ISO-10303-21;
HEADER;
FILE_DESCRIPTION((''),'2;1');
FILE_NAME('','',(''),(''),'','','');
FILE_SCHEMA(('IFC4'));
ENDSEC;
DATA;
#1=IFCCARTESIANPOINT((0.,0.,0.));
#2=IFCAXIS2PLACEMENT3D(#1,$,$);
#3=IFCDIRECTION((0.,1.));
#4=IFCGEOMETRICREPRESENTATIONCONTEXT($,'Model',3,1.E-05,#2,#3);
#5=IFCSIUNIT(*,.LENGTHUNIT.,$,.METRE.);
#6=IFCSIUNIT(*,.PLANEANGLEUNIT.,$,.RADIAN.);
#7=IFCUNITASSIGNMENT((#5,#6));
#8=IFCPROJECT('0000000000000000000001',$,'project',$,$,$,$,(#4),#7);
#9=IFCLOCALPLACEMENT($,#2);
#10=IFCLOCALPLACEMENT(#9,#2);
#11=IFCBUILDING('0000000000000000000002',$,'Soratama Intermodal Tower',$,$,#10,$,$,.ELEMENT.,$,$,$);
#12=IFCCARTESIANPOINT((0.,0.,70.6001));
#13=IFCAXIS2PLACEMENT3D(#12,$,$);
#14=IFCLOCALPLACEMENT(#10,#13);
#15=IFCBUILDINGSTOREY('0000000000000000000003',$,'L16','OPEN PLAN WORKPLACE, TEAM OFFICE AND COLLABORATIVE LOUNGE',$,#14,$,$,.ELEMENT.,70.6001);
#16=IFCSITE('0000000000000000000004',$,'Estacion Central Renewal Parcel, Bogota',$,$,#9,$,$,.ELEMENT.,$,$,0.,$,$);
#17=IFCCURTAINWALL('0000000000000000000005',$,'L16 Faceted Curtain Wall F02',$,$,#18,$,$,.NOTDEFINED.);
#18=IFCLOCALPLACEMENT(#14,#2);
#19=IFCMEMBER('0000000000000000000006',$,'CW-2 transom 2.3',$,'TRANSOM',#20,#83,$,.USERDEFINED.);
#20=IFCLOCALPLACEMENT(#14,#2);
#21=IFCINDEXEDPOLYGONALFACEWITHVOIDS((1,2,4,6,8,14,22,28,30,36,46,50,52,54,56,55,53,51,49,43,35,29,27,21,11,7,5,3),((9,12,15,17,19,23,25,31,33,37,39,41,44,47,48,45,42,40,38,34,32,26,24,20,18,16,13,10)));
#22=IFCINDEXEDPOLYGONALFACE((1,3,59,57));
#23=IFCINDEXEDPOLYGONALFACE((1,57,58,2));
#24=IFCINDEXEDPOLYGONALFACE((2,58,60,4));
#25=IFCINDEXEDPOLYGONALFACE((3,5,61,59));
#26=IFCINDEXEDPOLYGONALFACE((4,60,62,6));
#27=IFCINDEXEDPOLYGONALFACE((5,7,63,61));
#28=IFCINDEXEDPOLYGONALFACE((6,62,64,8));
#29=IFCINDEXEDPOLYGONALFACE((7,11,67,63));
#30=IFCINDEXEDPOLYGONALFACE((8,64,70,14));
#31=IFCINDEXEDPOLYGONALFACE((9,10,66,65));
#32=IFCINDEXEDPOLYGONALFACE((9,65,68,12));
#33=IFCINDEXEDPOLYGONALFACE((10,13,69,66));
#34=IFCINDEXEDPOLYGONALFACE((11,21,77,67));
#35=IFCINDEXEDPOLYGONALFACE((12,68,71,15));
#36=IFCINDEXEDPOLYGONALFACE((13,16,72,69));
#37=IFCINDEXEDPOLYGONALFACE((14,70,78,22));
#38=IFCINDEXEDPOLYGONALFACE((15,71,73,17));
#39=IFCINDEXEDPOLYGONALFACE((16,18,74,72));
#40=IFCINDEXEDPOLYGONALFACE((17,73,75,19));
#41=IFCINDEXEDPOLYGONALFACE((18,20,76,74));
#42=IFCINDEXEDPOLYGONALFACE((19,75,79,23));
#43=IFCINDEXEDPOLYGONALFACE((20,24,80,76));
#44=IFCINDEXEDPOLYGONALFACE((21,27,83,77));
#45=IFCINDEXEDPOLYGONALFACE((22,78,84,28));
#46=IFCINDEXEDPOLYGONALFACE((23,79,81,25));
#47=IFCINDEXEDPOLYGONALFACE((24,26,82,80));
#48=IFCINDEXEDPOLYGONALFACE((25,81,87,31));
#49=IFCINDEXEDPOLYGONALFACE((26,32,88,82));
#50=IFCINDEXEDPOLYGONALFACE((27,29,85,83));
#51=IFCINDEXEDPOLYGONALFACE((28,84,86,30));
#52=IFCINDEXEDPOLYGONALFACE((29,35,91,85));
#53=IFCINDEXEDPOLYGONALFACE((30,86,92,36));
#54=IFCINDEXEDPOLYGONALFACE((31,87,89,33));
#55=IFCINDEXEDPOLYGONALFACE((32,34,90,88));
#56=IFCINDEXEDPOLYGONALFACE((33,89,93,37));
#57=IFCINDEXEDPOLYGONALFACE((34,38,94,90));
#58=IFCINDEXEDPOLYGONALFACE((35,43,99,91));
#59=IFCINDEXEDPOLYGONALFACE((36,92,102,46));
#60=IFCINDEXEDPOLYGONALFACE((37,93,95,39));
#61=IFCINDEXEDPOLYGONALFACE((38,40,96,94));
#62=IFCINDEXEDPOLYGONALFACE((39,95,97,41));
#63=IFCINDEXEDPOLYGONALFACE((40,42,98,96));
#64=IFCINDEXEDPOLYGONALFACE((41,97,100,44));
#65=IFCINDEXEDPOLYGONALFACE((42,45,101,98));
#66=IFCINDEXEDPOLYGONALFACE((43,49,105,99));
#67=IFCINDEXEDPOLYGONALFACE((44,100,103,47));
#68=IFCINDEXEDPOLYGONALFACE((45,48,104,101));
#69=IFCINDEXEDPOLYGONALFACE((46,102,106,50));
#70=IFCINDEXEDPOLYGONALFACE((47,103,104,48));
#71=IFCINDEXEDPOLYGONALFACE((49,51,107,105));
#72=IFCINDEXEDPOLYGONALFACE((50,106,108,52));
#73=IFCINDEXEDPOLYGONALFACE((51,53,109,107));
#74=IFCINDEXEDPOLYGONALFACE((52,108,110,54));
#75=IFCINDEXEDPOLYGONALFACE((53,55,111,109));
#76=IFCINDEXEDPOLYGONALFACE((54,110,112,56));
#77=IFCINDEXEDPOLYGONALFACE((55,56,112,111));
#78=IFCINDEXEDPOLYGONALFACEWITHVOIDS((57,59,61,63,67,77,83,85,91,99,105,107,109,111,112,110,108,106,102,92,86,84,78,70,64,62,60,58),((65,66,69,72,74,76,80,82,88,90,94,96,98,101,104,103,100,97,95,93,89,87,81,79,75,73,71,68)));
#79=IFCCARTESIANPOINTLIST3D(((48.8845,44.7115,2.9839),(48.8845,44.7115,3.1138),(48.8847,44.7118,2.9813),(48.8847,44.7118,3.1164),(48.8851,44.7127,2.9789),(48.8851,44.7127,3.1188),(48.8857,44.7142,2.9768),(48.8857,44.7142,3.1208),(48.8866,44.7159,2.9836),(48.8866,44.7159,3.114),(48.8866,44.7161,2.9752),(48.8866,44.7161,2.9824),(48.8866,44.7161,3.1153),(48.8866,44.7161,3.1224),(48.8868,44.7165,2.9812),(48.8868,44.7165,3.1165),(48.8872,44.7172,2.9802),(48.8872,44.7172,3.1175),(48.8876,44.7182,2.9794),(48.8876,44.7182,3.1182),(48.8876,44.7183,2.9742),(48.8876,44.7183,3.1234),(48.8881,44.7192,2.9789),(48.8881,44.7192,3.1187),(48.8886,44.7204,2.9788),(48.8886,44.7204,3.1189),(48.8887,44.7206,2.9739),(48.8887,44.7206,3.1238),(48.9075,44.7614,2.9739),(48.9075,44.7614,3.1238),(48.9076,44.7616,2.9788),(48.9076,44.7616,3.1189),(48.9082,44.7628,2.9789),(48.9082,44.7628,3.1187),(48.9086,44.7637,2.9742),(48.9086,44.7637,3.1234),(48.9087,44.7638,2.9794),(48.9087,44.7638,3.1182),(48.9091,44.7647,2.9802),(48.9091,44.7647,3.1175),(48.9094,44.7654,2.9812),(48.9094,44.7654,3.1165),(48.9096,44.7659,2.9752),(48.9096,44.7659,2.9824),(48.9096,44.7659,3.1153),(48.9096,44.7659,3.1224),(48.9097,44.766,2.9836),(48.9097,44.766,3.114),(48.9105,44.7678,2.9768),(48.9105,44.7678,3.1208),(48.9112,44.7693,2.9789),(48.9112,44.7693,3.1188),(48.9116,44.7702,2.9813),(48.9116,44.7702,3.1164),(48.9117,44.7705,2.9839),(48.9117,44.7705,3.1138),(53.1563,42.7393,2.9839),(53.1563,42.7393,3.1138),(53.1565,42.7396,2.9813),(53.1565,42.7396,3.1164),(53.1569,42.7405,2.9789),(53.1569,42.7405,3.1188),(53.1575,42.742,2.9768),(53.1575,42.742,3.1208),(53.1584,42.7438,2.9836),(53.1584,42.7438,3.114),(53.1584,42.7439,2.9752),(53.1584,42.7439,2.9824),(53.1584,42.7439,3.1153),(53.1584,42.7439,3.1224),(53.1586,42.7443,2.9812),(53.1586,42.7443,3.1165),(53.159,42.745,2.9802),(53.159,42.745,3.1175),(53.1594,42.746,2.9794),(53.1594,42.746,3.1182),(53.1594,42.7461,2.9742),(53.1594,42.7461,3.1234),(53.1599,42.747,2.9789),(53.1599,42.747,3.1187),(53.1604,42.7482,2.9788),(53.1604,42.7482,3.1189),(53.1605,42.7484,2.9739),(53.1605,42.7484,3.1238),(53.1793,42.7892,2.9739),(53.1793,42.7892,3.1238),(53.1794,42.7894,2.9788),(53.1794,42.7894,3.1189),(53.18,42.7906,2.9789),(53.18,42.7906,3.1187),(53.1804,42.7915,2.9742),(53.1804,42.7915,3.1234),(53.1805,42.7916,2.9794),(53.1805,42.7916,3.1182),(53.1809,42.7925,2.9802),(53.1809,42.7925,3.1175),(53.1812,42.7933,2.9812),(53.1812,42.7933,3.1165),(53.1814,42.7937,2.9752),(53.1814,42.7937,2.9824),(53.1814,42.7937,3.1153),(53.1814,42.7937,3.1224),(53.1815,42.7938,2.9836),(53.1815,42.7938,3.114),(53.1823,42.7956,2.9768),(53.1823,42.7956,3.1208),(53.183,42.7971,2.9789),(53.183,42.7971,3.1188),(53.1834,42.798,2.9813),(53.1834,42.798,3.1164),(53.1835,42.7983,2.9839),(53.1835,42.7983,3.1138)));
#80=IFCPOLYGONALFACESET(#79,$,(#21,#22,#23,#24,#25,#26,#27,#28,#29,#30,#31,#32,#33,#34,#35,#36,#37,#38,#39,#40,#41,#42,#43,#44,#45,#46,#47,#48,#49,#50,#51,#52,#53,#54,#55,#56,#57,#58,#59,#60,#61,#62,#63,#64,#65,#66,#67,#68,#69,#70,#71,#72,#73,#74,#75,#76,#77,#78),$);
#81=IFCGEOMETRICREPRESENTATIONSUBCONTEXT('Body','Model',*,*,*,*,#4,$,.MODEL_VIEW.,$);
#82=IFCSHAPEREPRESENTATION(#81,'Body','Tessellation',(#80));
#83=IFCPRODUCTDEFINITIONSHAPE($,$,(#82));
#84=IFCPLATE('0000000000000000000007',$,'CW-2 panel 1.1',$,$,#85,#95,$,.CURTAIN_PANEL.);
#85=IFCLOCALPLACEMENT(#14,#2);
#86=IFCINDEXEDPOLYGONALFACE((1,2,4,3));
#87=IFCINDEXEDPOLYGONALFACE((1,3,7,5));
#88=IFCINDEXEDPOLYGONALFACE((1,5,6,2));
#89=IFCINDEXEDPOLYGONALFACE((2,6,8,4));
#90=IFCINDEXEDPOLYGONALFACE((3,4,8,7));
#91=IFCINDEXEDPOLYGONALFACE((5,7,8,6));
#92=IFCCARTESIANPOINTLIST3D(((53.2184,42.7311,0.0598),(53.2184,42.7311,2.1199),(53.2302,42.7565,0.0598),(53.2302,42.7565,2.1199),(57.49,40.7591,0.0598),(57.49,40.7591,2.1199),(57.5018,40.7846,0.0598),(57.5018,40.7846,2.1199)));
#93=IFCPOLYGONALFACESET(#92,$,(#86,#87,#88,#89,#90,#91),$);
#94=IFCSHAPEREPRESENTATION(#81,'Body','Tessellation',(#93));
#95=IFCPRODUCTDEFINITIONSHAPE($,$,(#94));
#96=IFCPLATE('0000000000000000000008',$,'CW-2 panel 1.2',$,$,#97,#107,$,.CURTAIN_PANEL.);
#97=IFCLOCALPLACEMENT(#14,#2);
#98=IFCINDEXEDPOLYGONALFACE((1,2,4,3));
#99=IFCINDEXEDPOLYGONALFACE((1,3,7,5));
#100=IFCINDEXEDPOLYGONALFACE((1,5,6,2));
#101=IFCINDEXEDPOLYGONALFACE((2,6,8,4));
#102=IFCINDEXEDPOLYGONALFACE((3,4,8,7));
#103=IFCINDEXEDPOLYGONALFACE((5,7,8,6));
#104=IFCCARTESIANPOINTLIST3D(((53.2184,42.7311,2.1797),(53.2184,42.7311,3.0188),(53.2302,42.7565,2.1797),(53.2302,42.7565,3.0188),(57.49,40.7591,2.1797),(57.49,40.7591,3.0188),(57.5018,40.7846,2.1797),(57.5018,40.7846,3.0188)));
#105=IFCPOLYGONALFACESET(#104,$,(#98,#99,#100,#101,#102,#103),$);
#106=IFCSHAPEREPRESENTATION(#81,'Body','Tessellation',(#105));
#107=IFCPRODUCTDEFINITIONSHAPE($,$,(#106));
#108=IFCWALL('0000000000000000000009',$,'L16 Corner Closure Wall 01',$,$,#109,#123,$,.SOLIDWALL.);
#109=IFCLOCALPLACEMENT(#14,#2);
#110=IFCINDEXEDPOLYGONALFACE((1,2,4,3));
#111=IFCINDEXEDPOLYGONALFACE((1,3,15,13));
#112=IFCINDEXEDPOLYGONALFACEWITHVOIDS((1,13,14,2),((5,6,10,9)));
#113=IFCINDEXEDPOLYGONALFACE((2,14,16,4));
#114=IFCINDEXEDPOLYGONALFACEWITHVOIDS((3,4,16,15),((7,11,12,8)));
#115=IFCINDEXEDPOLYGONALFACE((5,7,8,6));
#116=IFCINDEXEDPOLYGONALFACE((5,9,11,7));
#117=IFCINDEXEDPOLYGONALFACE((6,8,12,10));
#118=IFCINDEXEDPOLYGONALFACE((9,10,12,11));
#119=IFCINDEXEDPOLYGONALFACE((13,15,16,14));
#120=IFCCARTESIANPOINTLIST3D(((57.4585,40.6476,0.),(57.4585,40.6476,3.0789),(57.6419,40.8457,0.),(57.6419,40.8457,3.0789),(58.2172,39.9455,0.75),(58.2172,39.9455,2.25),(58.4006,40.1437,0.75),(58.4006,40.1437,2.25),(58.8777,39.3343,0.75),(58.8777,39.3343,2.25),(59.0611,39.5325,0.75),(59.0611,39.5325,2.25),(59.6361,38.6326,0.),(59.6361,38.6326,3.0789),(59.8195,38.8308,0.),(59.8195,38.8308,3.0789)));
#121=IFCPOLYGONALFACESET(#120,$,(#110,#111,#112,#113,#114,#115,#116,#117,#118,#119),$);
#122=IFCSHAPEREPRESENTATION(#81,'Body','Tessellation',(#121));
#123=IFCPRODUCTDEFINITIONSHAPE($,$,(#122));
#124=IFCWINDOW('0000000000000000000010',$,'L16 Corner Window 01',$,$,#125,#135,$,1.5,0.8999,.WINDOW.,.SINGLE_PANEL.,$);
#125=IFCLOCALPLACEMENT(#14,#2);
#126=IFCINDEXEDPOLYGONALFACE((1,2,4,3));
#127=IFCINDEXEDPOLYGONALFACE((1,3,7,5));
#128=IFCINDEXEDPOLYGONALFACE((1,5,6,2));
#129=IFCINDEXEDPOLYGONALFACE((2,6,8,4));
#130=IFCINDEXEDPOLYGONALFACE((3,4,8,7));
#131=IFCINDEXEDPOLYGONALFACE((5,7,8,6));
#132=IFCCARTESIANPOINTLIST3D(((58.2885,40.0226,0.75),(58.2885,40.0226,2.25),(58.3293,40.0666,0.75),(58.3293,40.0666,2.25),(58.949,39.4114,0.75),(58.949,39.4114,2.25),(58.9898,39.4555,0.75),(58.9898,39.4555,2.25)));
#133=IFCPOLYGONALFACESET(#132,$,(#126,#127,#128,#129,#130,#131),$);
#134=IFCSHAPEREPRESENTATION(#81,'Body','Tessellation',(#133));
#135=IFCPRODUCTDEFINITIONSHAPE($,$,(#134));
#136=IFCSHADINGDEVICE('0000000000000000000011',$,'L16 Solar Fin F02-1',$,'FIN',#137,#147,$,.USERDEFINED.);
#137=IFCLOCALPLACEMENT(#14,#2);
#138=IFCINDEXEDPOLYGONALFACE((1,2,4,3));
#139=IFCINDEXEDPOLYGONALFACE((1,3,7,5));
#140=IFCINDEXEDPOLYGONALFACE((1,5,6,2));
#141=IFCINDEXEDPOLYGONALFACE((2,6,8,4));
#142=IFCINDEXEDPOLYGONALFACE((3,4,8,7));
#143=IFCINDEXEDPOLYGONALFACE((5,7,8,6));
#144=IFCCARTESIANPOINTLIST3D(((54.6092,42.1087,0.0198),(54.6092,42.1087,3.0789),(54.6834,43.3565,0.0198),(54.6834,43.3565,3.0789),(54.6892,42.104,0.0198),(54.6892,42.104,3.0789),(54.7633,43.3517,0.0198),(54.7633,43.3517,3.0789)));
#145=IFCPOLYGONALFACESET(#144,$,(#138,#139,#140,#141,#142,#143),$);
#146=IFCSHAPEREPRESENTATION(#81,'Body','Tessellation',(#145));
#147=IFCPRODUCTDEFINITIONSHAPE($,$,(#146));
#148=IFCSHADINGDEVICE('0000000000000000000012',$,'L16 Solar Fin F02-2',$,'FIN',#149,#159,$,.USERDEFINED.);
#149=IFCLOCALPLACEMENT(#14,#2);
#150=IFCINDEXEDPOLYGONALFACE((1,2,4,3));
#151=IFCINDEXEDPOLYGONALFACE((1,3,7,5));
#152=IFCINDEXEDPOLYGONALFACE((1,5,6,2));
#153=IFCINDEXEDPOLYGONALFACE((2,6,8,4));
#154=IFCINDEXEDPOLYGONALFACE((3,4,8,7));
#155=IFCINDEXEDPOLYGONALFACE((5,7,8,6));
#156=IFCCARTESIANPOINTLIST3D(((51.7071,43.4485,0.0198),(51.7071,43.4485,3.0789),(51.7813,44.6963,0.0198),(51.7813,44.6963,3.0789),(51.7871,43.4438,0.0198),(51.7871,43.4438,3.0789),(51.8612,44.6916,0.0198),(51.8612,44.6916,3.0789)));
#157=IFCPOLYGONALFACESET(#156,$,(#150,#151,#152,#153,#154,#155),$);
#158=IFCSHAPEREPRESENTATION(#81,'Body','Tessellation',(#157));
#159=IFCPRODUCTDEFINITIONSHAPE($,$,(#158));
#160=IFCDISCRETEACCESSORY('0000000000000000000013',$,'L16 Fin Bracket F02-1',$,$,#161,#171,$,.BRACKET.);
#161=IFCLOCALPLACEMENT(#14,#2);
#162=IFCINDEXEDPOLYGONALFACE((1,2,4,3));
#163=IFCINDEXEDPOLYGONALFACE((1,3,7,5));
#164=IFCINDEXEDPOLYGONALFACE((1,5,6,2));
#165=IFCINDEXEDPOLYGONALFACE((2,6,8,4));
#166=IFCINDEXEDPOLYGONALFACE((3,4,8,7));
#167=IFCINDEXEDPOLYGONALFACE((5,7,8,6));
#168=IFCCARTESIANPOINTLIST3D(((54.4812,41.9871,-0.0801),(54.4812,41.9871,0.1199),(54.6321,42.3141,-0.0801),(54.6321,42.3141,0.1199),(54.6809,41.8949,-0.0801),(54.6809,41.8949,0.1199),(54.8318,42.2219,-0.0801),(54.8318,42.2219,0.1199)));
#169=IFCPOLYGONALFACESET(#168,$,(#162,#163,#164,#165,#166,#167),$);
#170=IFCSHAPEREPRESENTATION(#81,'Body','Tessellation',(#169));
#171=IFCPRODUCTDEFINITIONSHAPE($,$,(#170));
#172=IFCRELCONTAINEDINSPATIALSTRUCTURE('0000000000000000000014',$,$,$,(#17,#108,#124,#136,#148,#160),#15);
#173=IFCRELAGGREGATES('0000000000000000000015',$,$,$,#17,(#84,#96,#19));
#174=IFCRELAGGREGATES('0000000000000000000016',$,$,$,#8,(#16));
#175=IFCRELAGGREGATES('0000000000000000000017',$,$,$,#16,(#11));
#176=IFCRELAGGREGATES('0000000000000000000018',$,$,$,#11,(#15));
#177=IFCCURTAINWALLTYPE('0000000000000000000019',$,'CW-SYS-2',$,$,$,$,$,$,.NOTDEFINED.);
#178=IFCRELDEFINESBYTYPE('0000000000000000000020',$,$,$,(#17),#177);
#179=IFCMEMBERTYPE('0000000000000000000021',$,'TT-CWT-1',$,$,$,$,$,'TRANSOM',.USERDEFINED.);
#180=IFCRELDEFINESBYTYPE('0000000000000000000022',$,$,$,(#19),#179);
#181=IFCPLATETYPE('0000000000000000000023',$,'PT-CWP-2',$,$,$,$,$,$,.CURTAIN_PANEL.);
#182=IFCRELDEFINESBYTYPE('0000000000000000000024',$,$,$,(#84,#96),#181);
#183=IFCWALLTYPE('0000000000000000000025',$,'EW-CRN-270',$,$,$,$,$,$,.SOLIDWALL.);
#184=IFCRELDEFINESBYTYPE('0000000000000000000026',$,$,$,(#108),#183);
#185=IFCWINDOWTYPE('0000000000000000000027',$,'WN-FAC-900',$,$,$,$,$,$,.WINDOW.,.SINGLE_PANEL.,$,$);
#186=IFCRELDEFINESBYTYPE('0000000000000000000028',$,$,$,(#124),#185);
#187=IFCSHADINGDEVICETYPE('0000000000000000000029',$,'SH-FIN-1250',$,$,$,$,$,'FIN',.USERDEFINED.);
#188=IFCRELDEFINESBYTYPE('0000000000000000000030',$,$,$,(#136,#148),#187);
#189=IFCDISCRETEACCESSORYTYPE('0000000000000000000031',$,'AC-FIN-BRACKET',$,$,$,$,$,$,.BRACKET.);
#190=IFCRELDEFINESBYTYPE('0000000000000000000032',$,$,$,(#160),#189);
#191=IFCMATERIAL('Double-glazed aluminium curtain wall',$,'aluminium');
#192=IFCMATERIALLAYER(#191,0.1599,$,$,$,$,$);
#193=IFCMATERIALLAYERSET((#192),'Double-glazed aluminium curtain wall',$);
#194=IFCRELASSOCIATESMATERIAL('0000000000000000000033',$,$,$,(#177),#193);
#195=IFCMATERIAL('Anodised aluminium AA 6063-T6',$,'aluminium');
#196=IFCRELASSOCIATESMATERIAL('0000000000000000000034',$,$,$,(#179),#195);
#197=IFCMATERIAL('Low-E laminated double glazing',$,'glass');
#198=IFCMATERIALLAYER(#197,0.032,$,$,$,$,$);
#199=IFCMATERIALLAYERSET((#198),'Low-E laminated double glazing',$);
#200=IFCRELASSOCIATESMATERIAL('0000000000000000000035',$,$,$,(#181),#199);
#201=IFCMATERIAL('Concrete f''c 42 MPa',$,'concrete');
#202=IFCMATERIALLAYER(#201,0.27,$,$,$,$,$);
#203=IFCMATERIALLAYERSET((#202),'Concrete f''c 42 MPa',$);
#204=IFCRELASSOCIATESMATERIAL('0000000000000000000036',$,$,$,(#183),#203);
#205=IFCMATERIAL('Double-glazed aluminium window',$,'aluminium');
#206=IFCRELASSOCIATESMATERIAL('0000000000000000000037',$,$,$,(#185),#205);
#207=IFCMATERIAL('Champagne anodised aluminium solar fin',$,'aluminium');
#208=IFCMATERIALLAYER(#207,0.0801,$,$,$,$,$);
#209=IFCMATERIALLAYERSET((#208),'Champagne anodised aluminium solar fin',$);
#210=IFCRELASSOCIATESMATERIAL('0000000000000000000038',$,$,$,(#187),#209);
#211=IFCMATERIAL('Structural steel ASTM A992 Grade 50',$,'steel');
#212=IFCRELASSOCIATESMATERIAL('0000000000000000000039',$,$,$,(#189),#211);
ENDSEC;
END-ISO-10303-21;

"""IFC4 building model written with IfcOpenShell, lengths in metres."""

from ifc_helpers import new_model, si_unit, direction, frame, frame_2d, origin, origin_2d, place, context, subcontext, project, spatial, rectangle, hollow_rectangle, extrude, material, layer, layer_set, material_profile, profile_set, type_object, element, fill, aggregate, save


model = new_model("IFC4")

# Units and contexts
model_context = context("Model", 3, precision=1e-05, world=origin(), true_north=direction((0.0, 1.0)))
body_context = subcontext(model_context, "Body", "Model", "MODEL_VIEW")
ifc_project = project(units=[si_unit("LENGTHUNIT", "METRE"), si_unit("PLANEANGLEUNIT", "RADIAN")], contexts=[model_context])

# Site, building, storey
site_placement = place(None, origin())
site = spatial("IfcSite", under=ifc_project, at=site_placement, Name="Estacion Central Renewal Parcel, Bogota", CompositionType="ELEMENT", RefElevation=0.0)
building_placement = place(site_placement, origin())
building = spatial("IfcBuilding", under=site, at=building_placement, Name="Soratama Intermodal Tower", CompositionType="ELEMENT")
storey_placement = place(building_placement, frame((0.0, 0.0, 70.6001)))
storey = spatial("IfcBuildingStorey", under=building, at=storey_placement, Name="L16", Description="OPEN PLAN WORKPLACE, TEAM OFFICE AND COLLABORATIVE LOUNGE", CompositionType="ELEMENT", Elevation=70.6001)

# Shared definitions
ifc_material_1 = material(Name="Double-glazed aluminium curtain wall", Category="aluminium")
ifc_layer_1 = layer(ifc_material_1, 0.1599)
ifc_layer_set_1 = layer_set([ifc_layer_1], Name="Double-glazed aluminium curtain wall")
curtain_wall_type = type_object("IfcCurtainWallType", Name="CW-SYS-2", PredefinedType="NOTDEFINED", material=ifc_layer_set_1)

# Curtain wall, member, plates
curtain_wall_1_placement = place(storey_placement, origin())
curtain_wall_1 = element("IfcCurtainWall", 1, at=curtain_wall_1_placement, inside=storey, type_object=curtain_wall_type, Name="L16 Faceted Curtain Wall F02", PredefinedType="NOTDEFINED")
ifc_material_2 = material(Name="Anodised aluminium AA 6063-T6", Category="aluminium")
ifc_material_profile_1 = material_profile(ifc_material_2, hollow_rectangle(XDim=0.0649, YDim=0.1499, WallThickness=0.0049, InnerFilletRadius=0.0049, OuterFilletRadius=0.01, at=origin_2d()), Name="CWT150X65X5")
ifc_profile_set_1 = profile_set([ifc_material_profile_1], Name="Anodised aluminium AA 6063-T6")
member_type_1 = type_object("IfcMemberType", Name="TT-CWT-1", ElementType="TRANSOM", PredefinedType="USERDEFINED", material=ifc_profile_set_1)
member_1_placement = place(storey_placement, frame((53.1699, 42.7688, 3.0488), z_axis=(-0.907911, 0.419163, 0.0), x_axis=(-0.419163, -0.907911, 0.0)))
member_1 = element("IfcMember", 2, at=member_1_placement, type_object=member_type_1, Name="CW-2 transom 2.3", ObjectType="TRANSOM", PredefinedType="USERDEFINED", context=body_context, shape_type="SweptSolid", body=[
    extrude(hollow_rectangle(XDim=0.0649, YDim=0.1499, WallThickness=0.0049, InnerFilletRadius=0.0049, OuterFilletRadius=0.01, at=origin_2d()), origin(), (0.0, 0.0, 1.0), 4.7051),
])
ifc_material_3 = material(Name="Low-E laminated double glazing", Category="glass")
ifc_layer_2 = layer(ifc_material_3, 0.032)
ifc_layer_set_2 = layer_set([ifc_layer_2], Name="Low-E laminated double glazing")
plate_type = type_object("IfcPlateType", Name="PT-CWP-2", PredefinedType="CURTAIN_PANEL", material=ifc_layer_set_2)
plate_1_placement = place(storey_placement, frame((55.3601, 41.7578, 0.0598), z_axis=(0.0, 0.0, 1.0), x_axis=(-0.907923, 0.419138, 0.0)))
plate_1 = element("IfcPlate", 3, at=plate_1_placement, type_object=plate_type, Name="CW-2 panel 1.1", PredefinedType="CURTAIN_PANEL", context=body_context, shape_type="SweptSolid", body=[
    extrude(rectangle(XDim=4.7048, YDim=0.0281, at=origin_2d()), origin(), (0.0, 0.0, 1.0), 2.0601),
])
plate_2_placement = place(storey_placement, frame((55.3601, 41.7578, 2.1797), z_axis=(0.0, 0.0, 1.0), x_axis=(-0.907923, 0.419138, 0.0)))
plate_2 = element("IfcPlate", 4, at=plate_2_placement, type_object=plate_type, Name="CW-2 panel 1.2", PredefinedType="CURTAIN_PANEL", context=body_context, shape_type="SweptSolid", body=[
    extrude(rectangle(XDim=4.7048, YDim=0.0281, at=origin_2d()), origin(), (0.0, 0.0, 1.0), 0.8391),
])
aggregate(curtain_wall_1, [plate_1, plate_2, member_1])

# Wall, opening, window
ifc_material_4 = material(Name="Concrete f'c 42 MPa", Category="concrete")
ifc_layer_3 = layer(ifc_material_4, 0.27)
ifc_layer_set_3 = layer_set([ifc_layer_3], Name="Concrete f'c 42 MPa")
wall_type = type_object("IfcWallType", Name="EW-CRN-270", PredefinedType="SOLIDWALL", material=ifc_layer_set_3)
wall_placement = place(storey_placement, frame((59.7278, 38.7317, 0.0), z_axis=(0.0, 0.0, 1.0), x_axis=(-0.733979, 0.679172, 0.0)))
wall = element("IfcWall", 5, at=wall_placement, inside=storey, type_object=wall_type, Name="L16 Corner Closure Wall 01", PredefinedType="SOLIDWALL", context=body_context, shape_type="SweptSolid", body=[
    extrude(rectangle(XDim=2.9668, YDim=0.27, at=frame_2d((1.4834, 0.0))), origin(), (0.0, 0.0, 1.0), 3.0789),
])
opening_placement = place(wall_placement, frame((1.0332, 0.0, 0.75)))
opening = element("IfcOpeningElement", 6, at=opening_placement, cuts=wall, PredefinedType="OPENING", context=body_context, shape_type="SweptSolid", body=[
    extrude(rectangle(XDim=0.8999, YDim=1.5, at=frame_2d((0.45, 0.75))), frame((0.0, 0.145, 0.0), z_axis=(0.0, -1.0, 0.0), x_axis=(1.0, 0.0, 0.0)), (0.0, 0.0, 1.0), 0.29),
])
ifc_material_5 = material(Name="Double-glazed aluminium window", Category="aluminium")
window_type = type_object("IfcWindowType", Name="WN-FAC-900", PartitioningType="SINGLE_PANEL", PredefinedType="WINDOW", material=ifc_material_5)
window_placement = place(opening_placement, origin())
window = element("IfcWindow", 7, at=window_placement, inside=storey, type_object=window_type, Name="L16 Corner Window 01", OverallHeight=1.5, OverallWidth=0.8999, PartitioningType="SINGLE_PANEL", PredefinedType="WINDOW", context=body_context, shape_type="SweptSolid", body=[
    extrude(rectangle(XDim=0.8999, YDim=1.5, at=frame_2d((0.45, 0.75))), frame((0.0, 0.03, 0.0), z_axis=(0.0, -1.0, 0.0), x_axis=(1.0, 0.0, 0.0)), (0.0, 0.0, 1.0), 0.0601),
])
fill(opening, window)

# Shading devices
ifc_material_6 = material(Name="Champagne anodised aluminium solar fin", Category="aluminium")
ifc_layer_4 = layer(ifc_material_6, 0.0801)
ifc_layer_set_4 = layer_set([ifc_layer_4], Name="Champagne anodised aluminium solar fin")
shading_device_type = type_object("IfcShadingDeviceType", Name="SH-FIN-1250", ElementType="FIN", PredefinedType="USERDEFINED", material=ifc_layer_set_4)
for number, where, z_axis, x_axis, name in (
    (8, (54.6863, 42.7302, 0.0198), (0.0, 0.0, 1.0), (0.059306, 0.99824, 0.0), "L16 Solar Fin F02-1"),
    (9, (51.7842, 44.0701, 0.0198), (0.0, 0.0, 1.0), (0.059306, 0.99824, 0.0), "L16 Solar Fin F02-2"),
):
    element("IfcShadingDevice", number, at=place(storey_placement, frame(where, z_axis=z_axis, x_axis=x_axis)), inside=storey, type_object=shading_device_type, Name=name, ObjectType="FIN", PredefinedType="USERDEFINED", context=body_context, shape_type="SweptSolid", body=[
        extrude(rectangle(XDim=1.25, YDim=0.0801, at=origin_2d()), origin(), (0.0, 0.0, 1.0), 3.0591),
    ])

# Discrete accessory
ifc_material_7 = material(Name="Structural steel ASTM A992 Grade 50", Category="steel")
discrete_accessory_type = type_object("IfcDiscreteAccessoryType", Name="AC-FIN-BRACKET", PredefinedType="BRACKET", material=ifc_material_7)
discrete_accessory_placement = place(storey_placement, frame((54.6565, 42.1045, -0.0801), z_axis=(0.0, 0.0, 1.0), x_axis=(0.419135, 0.907924, 0.0)))
element("IfcDiscreteAccessory", 10, at=discrete_accessory_placement, inside=storey, type_object=discrete_accessory_type, Name="L16 Fin Bracket F02-1", PredefinedType="BRACKET", context=body_context, shape_type="SweptSolid", body=[
    extrude(rectangle(XDim=0.3601, YDim=0.22, at=origin_2d()), origin(), (0.0, 0.0, 1.0), 0.2),
])

save(model, "model.ifc")
